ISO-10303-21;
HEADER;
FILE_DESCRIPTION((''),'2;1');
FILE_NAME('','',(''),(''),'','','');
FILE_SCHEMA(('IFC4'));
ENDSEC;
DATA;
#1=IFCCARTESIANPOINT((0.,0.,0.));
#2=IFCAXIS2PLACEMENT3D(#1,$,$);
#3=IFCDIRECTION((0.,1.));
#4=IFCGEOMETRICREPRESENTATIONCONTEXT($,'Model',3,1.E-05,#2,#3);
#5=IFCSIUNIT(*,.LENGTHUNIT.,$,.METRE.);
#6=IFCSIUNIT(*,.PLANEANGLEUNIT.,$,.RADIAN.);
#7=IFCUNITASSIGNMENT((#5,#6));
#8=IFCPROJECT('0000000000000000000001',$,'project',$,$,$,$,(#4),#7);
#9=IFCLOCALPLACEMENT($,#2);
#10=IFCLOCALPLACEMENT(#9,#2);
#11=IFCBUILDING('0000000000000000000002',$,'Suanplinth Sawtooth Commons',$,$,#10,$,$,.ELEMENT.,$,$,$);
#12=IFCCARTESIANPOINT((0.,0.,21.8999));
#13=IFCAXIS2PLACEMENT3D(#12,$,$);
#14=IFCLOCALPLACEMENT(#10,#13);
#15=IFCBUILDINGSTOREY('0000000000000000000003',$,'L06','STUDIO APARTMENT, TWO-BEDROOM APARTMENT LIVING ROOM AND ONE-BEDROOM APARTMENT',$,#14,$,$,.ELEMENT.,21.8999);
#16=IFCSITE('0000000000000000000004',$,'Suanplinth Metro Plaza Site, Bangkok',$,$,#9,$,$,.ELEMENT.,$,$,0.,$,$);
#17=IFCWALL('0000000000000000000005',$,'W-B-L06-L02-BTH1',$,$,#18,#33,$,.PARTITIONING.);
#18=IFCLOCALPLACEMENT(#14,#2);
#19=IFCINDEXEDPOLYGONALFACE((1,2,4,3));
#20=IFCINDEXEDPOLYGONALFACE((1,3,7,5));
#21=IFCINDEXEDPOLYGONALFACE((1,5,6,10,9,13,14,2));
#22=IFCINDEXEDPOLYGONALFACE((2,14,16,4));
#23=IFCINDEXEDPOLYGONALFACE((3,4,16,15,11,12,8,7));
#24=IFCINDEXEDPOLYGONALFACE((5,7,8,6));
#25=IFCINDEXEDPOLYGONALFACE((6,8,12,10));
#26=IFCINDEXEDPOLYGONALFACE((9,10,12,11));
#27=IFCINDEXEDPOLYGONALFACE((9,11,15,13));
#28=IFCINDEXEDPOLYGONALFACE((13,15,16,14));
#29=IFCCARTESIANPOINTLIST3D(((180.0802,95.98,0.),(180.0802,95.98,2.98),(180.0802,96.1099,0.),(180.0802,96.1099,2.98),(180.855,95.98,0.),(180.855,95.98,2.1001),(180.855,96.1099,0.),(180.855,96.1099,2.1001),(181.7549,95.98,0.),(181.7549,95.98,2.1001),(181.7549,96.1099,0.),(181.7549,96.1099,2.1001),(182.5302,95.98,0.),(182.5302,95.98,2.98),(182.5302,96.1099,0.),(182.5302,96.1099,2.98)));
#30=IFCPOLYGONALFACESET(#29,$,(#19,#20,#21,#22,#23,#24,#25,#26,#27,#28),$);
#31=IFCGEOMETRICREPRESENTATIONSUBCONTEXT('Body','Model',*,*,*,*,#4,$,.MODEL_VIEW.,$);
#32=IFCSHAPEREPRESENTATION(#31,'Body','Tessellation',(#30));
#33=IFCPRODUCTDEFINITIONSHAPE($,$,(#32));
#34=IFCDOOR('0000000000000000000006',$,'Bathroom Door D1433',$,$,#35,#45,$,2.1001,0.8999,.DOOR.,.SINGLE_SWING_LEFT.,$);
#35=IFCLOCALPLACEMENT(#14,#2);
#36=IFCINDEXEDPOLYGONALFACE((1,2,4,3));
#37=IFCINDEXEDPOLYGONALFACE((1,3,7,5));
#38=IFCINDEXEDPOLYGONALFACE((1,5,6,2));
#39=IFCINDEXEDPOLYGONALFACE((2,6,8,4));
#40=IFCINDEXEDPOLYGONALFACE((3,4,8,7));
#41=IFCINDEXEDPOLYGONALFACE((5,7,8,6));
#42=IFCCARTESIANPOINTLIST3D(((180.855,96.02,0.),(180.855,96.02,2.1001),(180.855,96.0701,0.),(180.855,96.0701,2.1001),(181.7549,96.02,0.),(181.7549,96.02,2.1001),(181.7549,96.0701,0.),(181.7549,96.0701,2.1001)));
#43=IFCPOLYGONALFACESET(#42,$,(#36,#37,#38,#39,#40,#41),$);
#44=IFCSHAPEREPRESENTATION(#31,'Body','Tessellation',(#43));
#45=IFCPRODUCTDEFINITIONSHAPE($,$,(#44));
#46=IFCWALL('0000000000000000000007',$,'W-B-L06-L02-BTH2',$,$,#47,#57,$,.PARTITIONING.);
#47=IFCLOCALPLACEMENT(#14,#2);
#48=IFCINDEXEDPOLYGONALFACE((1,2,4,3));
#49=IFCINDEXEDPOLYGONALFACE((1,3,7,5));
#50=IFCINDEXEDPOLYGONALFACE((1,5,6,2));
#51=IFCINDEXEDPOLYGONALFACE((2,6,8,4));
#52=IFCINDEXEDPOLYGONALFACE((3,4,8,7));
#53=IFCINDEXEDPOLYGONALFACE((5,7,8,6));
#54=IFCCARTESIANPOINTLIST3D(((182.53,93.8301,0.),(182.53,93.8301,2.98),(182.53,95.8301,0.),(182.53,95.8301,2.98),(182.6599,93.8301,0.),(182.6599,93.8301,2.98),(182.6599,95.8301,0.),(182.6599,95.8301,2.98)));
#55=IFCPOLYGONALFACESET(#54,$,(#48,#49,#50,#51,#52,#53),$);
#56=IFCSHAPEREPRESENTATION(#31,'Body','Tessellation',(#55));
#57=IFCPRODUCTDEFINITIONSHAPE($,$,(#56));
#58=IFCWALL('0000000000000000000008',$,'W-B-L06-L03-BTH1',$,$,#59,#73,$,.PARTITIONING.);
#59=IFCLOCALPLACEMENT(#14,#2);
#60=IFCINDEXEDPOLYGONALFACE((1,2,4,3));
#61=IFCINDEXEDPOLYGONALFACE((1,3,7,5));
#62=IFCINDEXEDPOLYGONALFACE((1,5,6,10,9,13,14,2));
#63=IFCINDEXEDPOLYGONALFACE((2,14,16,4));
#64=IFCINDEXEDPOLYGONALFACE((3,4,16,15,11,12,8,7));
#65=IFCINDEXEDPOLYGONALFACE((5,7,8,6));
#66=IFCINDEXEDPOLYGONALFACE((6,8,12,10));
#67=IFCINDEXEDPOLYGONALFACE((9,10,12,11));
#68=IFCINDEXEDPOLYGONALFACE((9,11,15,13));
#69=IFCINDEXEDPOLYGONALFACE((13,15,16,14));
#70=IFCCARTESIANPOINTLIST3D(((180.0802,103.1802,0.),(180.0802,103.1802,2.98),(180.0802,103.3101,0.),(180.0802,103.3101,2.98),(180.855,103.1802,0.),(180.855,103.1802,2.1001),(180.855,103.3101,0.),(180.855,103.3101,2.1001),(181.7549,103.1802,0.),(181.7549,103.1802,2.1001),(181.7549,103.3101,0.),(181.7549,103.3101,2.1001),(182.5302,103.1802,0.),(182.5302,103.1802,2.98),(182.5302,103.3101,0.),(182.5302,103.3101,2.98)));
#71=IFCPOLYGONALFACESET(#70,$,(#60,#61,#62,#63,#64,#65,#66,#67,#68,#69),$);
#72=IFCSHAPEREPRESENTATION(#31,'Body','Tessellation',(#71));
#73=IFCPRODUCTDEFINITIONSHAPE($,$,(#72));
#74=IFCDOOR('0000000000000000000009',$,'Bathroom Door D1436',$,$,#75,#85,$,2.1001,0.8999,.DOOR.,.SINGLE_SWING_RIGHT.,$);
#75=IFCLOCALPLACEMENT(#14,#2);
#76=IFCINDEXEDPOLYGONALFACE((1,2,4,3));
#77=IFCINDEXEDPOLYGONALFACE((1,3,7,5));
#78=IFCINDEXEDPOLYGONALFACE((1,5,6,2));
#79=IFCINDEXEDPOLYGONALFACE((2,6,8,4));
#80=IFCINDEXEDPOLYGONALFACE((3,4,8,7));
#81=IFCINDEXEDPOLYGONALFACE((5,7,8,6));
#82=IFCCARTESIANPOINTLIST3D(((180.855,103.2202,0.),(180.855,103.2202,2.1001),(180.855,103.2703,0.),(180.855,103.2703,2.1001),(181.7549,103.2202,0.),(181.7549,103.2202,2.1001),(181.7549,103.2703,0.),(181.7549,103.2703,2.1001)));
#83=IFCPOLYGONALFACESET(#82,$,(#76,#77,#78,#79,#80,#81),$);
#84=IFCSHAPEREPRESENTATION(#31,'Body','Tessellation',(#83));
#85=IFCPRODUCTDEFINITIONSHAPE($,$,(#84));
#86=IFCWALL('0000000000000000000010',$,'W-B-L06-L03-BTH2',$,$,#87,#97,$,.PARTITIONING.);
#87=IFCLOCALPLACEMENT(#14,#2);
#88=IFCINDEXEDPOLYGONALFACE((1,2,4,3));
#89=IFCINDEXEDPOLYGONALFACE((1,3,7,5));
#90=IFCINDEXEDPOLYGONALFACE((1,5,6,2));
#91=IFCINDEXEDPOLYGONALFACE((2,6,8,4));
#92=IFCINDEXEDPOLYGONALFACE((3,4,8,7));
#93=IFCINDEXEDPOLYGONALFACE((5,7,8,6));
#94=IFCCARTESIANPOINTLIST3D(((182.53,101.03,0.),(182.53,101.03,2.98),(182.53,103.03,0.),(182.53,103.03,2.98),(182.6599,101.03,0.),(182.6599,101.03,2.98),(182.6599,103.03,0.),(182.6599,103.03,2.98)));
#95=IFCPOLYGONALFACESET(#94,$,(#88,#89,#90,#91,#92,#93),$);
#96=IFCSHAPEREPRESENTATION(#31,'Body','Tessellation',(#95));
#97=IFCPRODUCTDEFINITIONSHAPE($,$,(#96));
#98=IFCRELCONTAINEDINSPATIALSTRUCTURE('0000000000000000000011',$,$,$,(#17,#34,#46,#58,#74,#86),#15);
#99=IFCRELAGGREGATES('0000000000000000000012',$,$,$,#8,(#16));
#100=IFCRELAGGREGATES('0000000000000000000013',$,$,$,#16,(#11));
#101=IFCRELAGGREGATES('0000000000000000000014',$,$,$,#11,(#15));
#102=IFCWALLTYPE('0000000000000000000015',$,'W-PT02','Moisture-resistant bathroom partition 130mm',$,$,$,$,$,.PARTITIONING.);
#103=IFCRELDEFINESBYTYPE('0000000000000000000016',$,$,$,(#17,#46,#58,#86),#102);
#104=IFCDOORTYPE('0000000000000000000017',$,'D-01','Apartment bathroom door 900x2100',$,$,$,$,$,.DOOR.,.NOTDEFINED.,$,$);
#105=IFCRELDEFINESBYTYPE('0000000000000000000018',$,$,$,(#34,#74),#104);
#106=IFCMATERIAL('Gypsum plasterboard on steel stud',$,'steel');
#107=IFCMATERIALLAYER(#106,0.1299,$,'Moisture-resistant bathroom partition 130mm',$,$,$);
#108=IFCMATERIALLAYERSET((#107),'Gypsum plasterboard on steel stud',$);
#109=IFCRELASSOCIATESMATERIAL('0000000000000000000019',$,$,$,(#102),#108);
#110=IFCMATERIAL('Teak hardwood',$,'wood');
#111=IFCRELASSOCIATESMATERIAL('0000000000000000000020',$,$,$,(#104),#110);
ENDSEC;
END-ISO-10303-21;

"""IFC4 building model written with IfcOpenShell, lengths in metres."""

from ifc_helpers import new_model, si_unit, direction, frame, frame_2d, origin, place, context, subcontext, project, spatial, rectangle, extrude, material, layer, layer_set, type_object, element, fill, save


model = new_model("IFC4")

# Units and contexts
model_context = context("Model", 3, precision=1e-05, world=origin(), true_north=direction((0.0, 1.0)))
body_context = subcontext(model_context, "Body", "Model", "MODEL_VIEW")
ifc_project = project(units=[si_unit("LENGTHUNIT", "METRE"), si_unit("PLANEANGLEUNIT", "RADIAN")], contexts=[model_context])

# Site, building, storey
site_placement = place(None, origin())
site = spatial("IfcSite", under=ifc_project, at=site_placement, Name="Suanplinth Metro Plaza Site, Bangkok", CompositionType="ELEMENT", RefElevation=0.0)
building_placement = place(site_placement, origin())
building = spatial("IfcBuilding", under=site, at=building_placement, Name="Suanplinth Sawtooth Commons", CompositionType="ELEMENT")
storey_placement = place(building_placement, frame((0.0, 0.0, 21.8999)))
storey = spatial("IfcBuildingStorey", under=building, at=storey_placement, Name="L06", Description="STUDIO APARTMENT, TWO-BEDROOM APARTMENT LIVING ROOM AND ONE-BEDROOM APARTMENT", CompositionType="ELEMENT", Elevation=21.8999)

# Wall, opening, door
ifc_material_1 = material(Name="Gypsum plasterboard on steel stud", Category="steel")
ifc_layer_1 = layer(ifc_material_1, 0.1299, Name="Moisture-resistant bathroom partition 130mm")
ifc_layer_set_1 = layer_set([ifc_layer_1], Name="Gypsum plasterboard on steel stud")
wall_type_1 = type_object("IfcWallType", Name="W-PT02", Description="Moisture-resistant bathroom partition 130mm", PredefinedType="PARTITIONING", material=ifc_layer_set_1)
wall_1_placement = place(storey_placement, frame((180.0801, 96.0449, 0.0), z_axis=(0.0, 0.0, 1.0), x_axis=(1.0, 0.0, 0.0)))
wall_1 = element("IfcWall", 1, at=wall_1_placement, inside=storey, type_object=wall_type_1, Name="W-B-L06-L02-BTH1", PredefinedType="PARTITIONING", context=body_context, shape_type="SweptSolid", body=[
    extrude(rectangle(XDim=2.45, YDim=0.1299, at=frame_2d((1.2251, 0.0))), origin(), (0.0, 0.0, 1.0), 2.98),
])
opening_1_placement = place(wall_1_placement, frame((0.7749, 0.0, 0.0)))
opening_1 = element("IfcOpeningElement", 2, at=opening_1_placement, cuts=wall_1, PredefinedType="OPENING", context=body_context, shape_type="SweptSolid", body=[
    extrude(rectangle(XDim=0.8999, YDim=2.1001, at=frame_2d((0.45, 1.05))), frame((0.0, 0.0798, 0.0), z_axis=(0.0, -1.0, 0.0), x_axis=(1.0, 0.0, 0.0)), (0.0, 0.0, 1.0), 0.1597),
])
ifc_material_2 = material(Name="Teak hardwood", Category="wood")
door_type_1 = type_object("IfcDoorType", Name="D-01", Description="Apartment bathroom door 900x2100", OperationType="NOTDEFINED", PredefinedType="DOOR", material=ifc_material_2)
door_1_placement = place(opening_1_placement, frame((0.8999, 0.0, 0.0), z_axis=(0.0, 0.0, 1.0), x_axis=(-1.0, 0.0, 0.0)))
door_1 = element("IfcDoor", 3, at=door_1_placement, inside=storey, type_object=door_type_1, Name="Bathroom Door D1433", OperationType="SINGLE_SWING_LEFT", OverallHeight=2.1001, OverallWidth=0.8999, PredefinedType="DOOR", context=body_context, shape_type="SweptSolid", body=[
    extrude(rectangle(XDim=0.8999, YDim=2.1001, at=frame_2d((0.45, 1.05))), frame((0.0, 0.0249, 0.0), z_axis=(0.0, -1.0, 0.0), x_axis=(1.0, 0.0, 0.0)), (0.0, 0.0, 1.0), 0.05),
])
fill(opening_1, door_1)

# Wall
wall_2_placement = place(storey_placement, frame((182.595, 93.8301, 0.0), z_axis=(0.0, 0.0, 1.0), x_axis=(0.0, 1.0, 0.0)))
element("IfcWall", 4, at=wall_2_placement, inside=storey, type_object=wall_type_1, Name="W-B-L06-L02-BTH2", PredefinedType="PARTITIONING", context=body_context, shape_type="SweptSolid", body=[
    extrude(rectangle(XDim=2.0, YDim=0.1299, at=frame_2d((1.0, 0.0))), origin(), (0.0, 0.0, 1.0), 2.98),
])

# Wall, opening, door
wall_3_placement = place(storey_placement, frame((180.0801, 103.2451, 0.0), z_axis=(0.0, 0.0, 1.0), x_axis=(1.0, 0.0, 0.0)))
wall_3 = element("IfcWall", 5, at=wall_3_placement, inside=storey, type_object=wall_type_1, Name="W-B-L06-L03-BTH1", PredefinedType="PARTITIONING", context=body_context, shape_type="SweptSolid", body=[
    extrude(rectangle(XDim=2.45, YDim=0.1299, at=frame_2d((1.2251, 0.0))), origin(), (0.0, 0.0, 1.0), 2.98),
])
opening_2_placement = place(wall_3_placement, frame((0.7749, 0.0, 0.0)))
opening_2 = element("IfcOpeningElement", 6, at=opening_2_placement, cuts=wall_3, PredefinedType="OPENING", context=body_context, shape_type="SweptSolid", body=[
    extrude(rectangle(XDim=0.8999, YDim=2.1001, at=frame_2d((0.45, 1.05))), frame((0.0, 0.0798, 0.0), z_axis=(0.0, -1.0, 0.0), x_axis=(1.0, 0.0, 0.0)), (0.0, 0.0, 1.0), 0.1597),
])
door_2_placement = place(opening_2_placement, frame((0.8999, 0.0, 0.0), z_axis=(0.0, 0.0, 1.0), x_axis=(-1.0, 0.0, 0.0)))
door_2 = element("IfcDoor", 7, at=door_2_placement, inside=storey, type_object=door_type_1, Name="Bathroom Door D1436", OperationType="SINGLE_SWING_RIGHT", OverallHeight=2.1001, OverallWidth=0.8999, PredefinedType="DOOR", context=body_context, shape_type="SweptSolid", body=[
    extrude(rectangle(XDim=0.8999, YDim=2.1001, at=frame_2d((0.45, 1.05))), frame((0.0, 0.0249, 0.0), z_axis=(0.0, -1.0, 0.0), x_axis=(1.0, 0.0, 0.0)), (0.0, 0.0, 1.0), 0.05),
])
fill(opening_2, door_2)

# Wall
wall_4_placement = place(storey_placement, frame((182.595, 101.03, 0.0), z_axis=(0.0, 0.0, 1.0), x_axis=(0.0, 1.0, 0.0)))
element("IfcWall", 8, at=wall_4_placement, inside=storey, type_object=wall_type_1, Name="W-B-L06-L03-BTH2", PredefinedType="PARTITIONING", context=body_context, shape_type="SweptSolid", body=[
    extrude(rectangle(XDim=2.0, YDim=0.1299, at=frame_2d((1.0, 0.0))), origin(), (0.0, 0.0, 1.0), 2.98),
])

save(model, "model.ifc")
